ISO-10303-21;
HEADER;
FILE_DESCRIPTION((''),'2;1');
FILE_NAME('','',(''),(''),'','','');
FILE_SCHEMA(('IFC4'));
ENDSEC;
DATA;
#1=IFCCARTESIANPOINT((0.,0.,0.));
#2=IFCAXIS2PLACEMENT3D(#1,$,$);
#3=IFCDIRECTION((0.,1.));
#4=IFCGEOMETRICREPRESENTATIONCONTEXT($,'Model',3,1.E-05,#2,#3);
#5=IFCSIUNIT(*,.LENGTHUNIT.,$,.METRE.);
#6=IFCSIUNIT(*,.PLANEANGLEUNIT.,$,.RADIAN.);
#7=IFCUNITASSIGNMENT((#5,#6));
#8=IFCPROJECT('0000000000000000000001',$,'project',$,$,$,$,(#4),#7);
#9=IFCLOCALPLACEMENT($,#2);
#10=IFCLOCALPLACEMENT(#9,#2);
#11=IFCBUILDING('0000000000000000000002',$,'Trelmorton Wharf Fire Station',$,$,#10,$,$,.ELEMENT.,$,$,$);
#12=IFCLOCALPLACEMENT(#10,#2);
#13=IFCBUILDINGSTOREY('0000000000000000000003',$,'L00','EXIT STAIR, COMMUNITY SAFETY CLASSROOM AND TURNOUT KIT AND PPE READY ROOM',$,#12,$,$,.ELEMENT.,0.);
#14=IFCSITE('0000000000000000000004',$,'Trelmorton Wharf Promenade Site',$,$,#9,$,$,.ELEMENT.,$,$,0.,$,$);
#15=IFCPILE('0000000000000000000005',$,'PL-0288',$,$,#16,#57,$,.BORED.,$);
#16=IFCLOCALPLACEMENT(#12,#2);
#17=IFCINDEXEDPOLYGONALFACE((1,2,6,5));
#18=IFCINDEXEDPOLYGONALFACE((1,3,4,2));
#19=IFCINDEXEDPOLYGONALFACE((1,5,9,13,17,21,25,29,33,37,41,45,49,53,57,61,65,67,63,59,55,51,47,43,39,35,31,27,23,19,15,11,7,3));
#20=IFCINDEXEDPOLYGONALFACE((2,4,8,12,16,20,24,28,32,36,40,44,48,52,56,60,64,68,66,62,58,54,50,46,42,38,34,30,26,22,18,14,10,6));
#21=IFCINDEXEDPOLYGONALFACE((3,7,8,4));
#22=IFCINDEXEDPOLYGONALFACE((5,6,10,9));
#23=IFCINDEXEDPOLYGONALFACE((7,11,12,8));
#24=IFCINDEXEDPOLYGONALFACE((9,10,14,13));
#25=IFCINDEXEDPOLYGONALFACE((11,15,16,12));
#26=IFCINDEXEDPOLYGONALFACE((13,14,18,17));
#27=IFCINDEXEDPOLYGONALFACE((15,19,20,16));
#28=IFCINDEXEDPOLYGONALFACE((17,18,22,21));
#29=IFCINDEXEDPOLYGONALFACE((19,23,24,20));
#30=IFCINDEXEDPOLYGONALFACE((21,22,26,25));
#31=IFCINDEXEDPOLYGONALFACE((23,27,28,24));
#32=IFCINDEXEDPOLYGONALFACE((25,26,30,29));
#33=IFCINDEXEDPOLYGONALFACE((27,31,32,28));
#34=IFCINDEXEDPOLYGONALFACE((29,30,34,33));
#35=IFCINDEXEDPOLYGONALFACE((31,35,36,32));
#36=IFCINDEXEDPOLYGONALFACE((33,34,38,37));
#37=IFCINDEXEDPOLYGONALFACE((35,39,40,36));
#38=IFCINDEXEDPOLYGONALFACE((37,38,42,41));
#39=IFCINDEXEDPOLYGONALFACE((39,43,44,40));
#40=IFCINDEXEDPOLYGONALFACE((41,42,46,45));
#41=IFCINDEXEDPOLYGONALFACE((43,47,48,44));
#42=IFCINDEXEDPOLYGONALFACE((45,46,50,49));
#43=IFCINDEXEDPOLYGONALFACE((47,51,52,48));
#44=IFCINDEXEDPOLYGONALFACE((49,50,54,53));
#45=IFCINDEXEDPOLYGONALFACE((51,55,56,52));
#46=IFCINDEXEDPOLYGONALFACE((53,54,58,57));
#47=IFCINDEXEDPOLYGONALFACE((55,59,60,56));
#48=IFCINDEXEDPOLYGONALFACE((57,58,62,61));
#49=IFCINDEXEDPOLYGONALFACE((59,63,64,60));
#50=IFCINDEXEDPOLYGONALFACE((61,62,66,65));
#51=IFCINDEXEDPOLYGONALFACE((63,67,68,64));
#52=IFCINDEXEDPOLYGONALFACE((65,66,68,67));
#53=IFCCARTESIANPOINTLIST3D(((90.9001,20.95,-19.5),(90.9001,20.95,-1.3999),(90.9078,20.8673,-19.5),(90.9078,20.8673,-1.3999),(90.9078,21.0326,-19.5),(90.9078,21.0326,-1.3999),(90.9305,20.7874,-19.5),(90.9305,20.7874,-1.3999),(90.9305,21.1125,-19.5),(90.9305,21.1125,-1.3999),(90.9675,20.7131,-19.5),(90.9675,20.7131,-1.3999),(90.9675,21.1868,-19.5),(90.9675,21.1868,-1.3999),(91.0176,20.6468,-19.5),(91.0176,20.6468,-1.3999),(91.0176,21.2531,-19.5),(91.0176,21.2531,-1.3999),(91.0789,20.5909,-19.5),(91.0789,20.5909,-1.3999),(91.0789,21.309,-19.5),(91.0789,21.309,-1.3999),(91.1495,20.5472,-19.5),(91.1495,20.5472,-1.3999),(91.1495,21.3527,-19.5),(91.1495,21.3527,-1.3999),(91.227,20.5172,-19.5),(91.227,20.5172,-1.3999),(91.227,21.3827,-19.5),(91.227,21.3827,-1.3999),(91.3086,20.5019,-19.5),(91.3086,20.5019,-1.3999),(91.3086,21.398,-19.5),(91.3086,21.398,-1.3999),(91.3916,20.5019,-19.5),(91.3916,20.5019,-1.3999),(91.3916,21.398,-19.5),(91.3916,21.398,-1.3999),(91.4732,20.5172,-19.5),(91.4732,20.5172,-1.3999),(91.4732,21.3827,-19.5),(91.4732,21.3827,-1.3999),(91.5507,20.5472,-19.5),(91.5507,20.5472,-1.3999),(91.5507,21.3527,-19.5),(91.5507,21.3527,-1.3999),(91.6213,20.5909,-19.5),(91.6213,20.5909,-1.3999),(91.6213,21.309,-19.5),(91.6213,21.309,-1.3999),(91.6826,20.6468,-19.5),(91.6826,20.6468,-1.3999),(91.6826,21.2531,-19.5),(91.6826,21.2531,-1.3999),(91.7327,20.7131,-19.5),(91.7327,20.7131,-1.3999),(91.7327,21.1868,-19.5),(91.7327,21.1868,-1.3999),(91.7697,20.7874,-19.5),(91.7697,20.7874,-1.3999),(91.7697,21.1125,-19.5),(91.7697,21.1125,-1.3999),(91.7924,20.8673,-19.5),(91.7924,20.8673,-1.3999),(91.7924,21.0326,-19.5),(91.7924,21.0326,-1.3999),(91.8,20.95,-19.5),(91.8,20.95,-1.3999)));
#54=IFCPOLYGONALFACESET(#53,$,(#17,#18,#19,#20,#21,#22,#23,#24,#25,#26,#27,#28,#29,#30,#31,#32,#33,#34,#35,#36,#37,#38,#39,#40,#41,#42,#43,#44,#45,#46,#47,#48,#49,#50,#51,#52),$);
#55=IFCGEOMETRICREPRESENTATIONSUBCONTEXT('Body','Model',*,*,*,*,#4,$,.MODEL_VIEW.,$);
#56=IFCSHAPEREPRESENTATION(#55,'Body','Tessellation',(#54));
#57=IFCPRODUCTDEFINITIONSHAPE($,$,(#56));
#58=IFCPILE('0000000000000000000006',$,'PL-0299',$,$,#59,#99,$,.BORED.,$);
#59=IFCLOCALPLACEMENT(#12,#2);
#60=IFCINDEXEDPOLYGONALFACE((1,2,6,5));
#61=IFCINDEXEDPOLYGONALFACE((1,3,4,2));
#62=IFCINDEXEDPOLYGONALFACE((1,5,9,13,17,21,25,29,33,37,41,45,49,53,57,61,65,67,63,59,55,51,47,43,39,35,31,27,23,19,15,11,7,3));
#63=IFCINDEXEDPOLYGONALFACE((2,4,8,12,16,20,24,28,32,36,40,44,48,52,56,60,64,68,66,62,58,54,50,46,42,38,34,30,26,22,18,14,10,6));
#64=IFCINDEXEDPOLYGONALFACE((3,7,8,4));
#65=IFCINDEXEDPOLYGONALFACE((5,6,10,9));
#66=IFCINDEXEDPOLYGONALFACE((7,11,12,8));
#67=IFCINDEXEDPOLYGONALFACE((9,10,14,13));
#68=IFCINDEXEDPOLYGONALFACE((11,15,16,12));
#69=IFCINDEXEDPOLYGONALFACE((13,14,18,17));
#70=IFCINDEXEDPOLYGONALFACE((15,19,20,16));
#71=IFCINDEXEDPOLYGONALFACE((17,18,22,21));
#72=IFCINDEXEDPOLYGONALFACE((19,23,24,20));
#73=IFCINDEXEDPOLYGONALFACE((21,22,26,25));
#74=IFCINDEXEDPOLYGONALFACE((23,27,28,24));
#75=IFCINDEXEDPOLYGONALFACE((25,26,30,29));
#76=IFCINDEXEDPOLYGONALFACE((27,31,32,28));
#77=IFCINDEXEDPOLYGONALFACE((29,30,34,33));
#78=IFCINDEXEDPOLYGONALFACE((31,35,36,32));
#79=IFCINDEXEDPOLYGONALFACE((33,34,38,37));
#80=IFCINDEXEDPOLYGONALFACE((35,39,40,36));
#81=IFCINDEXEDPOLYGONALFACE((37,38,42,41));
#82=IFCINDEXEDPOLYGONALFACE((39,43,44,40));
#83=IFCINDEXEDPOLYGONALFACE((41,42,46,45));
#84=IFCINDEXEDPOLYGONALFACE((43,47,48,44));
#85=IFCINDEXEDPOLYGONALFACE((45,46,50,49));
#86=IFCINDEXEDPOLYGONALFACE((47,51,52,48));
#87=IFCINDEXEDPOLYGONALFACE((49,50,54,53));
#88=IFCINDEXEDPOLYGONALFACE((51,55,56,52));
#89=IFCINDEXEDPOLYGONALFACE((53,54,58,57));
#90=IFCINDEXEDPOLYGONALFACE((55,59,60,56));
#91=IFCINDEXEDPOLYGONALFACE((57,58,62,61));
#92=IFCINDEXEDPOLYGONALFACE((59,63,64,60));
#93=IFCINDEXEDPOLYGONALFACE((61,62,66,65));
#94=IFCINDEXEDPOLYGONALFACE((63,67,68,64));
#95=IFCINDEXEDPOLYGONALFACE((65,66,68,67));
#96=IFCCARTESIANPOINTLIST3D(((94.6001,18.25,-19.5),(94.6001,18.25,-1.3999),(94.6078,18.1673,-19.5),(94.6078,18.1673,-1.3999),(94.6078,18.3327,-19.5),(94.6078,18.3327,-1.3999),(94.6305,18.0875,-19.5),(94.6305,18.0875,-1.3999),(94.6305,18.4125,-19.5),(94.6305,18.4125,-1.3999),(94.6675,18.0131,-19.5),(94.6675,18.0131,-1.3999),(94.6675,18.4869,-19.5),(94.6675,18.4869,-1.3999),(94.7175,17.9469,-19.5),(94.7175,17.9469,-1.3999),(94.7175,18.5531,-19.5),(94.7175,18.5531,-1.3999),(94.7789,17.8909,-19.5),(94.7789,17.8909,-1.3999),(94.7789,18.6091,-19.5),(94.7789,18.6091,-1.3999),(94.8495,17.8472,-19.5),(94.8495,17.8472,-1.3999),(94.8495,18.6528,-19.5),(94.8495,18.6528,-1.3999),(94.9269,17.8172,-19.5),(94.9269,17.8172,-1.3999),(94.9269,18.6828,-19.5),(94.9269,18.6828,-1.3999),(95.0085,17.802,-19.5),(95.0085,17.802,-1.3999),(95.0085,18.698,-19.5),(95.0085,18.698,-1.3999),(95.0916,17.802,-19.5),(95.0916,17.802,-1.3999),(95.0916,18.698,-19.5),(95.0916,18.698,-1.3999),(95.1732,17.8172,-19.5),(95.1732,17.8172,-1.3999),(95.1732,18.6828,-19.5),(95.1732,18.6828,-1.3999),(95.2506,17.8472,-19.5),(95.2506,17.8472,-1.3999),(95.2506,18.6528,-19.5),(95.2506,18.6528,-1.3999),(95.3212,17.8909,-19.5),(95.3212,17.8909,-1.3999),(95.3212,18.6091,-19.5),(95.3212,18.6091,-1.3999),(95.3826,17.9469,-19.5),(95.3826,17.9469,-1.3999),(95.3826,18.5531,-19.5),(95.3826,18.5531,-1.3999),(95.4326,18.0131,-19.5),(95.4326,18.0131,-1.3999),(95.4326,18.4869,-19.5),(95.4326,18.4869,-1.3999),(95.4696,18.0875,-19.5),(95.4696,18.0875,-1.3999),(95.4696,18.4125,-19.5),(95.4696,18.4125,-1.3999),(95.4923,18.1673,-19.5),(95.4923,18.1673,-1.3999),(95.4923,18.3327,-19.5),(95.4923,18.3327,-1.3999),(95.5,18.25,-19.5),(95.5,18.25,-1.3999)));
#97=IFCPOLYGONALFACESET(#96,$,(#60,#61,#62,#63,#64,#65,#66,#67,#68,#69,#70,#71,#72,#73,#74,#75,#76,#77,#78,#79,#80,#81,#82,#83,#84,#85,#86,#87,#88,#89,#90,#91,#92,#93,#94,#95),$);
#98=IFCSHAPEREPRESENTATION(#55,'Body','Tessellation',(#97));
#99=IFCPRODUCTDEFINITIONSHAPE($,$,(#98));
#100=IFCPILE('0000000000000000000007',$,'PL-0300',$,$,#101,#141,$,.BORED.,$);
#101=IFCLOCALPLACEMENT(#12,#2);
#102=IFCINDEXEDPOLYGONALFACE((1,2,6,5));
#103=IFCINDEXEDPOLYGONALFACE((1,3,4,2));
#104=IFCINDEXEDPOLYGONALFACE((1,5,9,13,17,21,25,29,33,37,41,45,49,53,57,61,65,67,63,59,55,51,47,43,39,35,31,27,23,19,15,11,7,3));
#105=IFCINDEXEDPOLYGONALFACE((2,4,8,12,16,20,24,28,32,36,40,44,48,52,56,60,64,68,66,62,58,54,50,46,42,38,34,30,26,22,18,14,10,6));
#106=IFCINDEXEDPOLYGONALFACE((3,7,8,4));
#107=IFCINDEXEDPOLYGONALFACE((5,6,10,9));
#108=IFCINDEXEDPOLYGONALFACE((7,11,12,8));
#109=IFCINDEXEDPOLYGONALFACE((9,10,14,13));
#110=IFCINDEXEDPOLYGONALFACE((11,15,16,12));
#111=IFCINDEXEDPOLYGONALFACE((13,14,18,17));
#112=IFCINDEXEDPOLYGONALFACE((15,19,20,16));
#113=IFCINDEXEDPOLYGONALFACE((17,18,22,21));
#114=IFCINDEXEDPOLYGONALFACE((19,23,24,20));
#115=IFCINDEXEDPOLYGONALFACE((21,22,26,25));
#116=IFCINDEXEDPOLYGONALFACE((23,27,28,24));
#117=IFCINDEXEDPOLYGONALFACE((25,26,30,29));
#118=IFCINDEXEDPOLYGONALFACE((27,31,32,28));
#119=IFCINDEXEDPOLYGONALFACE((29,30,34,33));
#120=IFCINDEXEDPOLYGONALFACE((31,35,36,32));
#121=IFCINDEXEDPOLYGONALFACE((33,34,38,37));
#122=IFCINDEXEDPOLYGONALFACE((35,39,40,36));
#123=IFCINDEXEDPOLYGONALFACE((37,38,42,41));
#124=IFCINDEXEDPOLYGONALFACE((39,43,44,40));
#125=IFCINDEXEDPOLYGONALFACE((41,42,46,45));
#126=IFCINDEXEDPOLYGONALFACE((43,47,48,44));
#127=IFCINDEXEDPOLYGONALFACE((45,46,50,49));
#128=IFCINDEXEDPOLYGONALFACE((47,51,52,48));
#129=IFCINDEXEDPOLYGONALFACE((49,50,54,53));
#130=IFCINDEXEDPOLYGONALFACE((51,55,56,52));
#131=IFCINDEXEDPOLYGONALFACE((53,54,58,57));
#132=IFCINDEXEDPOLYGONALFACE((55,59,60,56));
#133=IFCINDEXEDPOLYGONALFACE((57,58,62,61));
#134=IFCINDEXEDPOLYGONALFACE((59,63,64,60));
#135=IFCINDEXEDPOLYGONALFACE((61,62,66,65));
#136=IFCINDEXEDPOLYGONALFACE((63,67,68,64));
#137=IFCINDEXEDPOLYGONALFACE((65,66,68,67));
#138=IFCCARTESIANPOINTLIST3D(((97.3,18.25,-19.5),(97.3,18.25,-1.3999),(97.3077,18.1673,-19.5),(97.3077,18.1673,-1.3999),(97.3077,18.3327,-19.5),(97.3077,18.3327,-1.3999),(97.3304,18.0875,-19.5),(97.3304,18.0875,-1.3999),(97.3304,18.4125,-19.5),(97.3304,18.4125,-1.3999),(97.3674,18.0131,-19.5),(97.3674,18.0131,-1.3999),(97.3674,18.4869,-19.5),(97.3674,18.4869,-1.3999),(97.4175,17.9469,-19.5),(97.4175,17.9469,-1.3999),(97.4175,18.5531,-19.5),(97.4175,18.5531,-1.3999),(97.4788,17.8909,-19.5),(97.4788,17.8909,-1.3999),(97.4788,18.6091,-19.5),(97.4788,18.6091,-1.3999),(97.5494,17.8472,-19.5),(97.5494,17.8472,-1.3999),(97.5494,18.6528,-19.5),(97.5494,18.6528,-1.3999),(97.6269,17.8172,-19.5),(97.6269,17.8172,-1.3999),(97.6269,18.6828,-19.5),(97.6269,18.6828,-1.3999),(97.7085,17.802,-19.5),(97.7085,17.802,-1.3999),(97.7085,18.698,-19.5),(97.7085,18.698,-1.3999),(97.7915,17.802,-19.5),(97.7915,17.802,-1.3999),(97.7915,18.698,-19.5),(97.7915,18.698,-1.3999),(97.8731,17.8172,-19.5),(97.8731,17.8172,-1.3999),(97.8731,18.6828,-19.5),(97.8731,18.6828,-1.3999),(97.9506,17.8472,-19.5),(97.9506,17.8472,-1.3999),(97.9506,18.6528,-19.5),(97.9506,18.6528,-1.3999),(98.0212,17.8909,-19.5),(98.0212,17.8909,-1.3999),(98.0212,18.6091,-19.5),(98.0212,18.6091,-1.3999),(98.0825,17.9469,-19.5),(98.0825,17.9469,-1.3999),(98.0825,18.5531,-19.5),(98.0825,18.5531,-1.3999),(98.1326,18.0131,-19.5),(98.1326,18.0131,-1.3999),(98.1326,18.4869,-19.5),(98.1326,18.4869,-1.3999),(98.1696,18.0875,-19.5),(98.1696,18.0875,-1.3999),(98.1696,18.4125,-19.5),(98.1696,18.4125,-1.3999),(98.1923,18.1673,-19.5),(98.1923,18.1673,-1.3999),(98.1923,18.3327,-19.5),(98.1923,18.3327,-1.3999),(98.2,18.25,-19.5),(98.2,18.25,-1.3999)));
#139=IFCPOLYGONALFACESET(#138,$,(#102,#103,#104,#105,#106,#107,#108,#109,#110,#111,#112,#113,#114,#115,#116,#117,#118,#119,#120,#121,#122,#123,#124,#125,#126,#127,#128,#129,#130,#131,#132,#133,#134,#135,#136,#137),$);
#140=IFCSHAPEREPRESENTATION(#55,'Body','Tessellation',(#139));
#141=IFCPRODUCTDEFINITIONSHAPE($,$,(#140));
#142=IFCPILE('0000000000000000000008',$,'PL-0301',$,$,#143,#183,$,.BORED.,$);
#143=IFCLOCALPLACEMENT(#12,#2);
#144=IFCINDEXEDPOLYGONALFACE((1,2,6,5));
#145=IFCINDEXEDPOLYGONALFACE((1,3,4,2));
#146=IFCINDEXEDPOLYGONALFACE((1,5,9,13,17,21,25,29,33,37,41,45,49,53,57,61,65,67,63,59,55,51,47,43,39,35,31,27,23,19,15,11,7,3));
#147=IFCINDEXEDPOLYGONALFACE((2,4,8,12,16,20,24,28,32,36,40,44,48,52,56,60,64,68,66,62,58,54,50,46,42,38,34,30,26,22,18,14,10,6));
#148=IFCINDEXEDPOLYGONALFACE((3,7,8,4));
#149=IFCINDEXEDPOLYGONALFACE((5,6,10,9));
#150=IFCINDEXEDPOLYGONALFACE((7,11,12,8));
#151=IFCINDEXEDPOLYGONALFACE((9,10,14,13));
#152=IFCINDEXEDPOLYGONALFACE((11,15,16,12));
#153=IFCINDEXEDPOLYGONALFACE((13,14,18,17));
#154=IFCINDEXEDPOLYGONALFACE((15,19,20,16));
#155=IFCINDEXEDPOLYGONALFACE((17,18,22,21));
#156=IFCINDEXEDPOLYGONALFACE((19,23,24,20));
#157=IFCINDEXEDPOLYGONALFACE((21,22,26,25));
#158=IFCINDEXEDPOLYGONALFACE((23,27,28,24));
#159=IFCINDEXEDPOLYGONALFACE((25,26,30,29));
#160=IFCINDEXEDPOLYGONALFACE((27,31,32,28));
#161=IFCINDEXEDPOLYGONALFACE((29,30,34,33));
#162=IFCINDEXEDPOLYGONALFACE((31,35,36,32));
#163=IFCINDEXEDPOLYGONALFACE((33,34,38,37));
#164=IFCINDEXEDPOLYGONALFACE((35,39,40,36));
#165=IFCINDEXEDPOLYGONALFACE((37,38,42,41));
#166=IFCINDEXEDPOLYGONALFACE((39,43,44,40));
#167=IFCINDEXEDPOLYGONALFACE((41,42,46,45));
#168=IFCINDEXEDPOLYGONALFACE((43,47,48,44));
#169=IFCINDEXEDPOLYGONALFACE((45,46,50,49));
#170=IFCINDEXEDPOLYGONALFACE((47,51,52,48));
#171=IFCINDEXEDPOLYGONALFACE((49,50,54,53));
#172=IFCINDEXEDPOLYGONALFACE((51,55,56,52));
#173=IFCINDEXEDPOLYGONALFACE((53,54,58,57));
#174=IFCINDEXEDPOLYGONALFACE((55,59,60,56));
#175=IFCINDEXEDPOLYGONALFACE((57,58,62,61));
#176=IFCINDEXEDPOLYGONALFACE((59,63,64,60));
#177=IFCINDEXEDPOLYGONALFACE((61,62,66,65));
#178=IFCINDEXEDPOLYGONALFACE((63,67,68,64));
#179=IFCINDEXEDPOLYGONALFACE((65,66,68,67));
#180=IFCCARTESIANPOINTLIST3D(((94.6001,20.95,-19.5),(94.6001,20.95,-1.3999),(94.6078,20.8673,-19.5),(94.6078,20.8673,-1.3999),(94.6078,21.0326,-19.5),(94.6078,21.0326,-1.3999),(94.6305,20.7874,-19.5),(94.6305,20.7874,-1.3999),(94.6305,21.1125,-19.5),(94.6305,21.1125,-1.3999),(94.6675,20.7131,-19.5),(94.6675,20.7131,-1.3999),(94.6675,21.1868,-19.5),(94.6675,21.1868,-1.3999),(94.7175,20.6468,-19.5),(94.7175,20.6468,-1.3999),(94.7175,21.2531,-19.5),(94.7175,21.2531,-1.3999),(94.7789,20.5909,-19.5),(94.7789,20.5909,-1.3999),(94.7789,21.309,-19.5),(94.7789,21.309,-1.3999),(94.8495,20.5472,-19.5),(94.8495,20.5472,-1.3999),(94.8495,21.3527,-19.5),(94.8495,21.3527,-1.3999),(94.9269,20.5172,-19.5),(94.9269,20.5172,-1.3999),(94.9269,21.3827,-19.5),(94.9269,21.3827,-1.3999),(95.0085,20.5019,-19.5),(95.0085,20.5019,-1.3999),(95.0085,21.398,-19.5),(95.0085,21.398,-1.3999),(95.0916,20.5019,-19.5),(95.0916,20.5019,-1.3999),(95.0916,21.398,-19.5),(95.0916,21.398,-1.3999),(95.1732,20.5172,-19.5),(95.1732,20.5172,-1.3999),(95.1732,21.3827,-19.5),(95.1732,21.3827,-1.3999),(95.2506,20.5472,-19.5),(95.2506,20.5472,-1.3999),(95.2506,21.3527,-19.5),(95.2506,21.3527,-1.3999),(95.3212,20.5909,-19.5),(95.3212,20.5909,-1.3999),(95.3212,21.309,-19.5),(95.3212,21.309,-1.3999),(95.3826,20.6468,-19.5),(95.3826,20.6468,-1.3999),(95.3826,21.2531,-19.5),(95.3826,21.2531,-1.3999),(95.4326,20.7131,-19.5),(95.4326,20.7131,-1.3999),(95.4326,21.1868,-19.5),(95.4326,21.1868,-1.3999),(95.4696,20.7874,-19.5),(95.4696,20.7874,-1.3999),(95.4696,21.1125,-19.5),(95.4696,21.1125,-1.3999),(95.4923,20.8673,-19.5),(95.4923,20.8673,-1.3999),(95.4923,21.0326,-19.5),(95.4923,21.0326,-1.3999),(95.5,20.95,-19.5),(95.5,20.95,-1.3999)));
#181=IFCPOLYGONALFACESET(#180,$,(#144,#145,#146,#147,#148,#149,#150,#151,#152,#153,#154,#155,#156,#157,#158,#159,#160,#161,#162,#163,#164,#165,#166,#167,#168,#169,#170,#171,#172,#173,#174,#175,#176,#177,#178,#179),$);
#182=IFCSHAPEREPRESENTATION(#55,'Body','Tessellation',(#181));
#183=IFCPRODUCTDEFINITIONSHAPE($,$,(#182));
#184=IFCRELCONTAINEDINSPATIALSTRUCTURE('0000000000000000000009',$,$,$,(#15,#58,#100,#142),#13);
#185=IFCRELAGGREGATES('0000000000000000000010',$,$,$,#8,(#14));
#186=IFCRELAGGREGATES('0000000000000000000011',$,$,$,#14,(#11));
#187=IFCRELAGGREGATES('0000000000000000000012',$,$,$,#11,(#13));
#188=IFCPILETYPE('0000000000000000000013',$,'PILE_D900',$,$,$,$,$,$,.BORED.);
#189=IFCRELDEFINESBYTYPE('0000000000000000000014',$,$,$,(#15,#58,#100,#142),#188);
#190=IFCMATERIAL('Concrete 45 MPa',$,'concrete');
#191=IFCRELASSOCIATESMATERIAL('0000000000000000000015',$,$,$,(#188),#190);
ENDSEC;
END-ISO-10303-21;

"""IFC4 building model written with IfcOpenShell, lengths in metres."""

from ifc_helpers import new_model, si_unit, direction, frame, origin, origin_2d, place, context, subcontext, project, spatial, circle, extrude, material, material_profile, profile_set, type_object, element, save


model = new_model("IFC4")

# Units and contexts
model_context = context("Model", 3, precision=1e-05, world=origin(), true_north=direction((0.0, 1.0)))
body_context = subcontext(model_context, "Body", "Model", "MODEL_VIEW")
ifc_project = project(units=[si_unit("LENGTHUNIT", "METRE"), si_unit("PLANEANGLEUNIT", "RADIAN")], contexts=[model_context])

# Site, building, storey
site_placement = place(None, origin())
site = spatial("IfcSite", under=ifc_project, at=site_placement, Name="Trelmorton Wharf Promenade Site", CompositionType="ELEMENT", RefElevation=0.0)
building_placement = place(site_placement, origin())
building = spatial("IfcBuilding", under=site, at=building_placement, Name="Trelmorton Wharf Fire Station", CompositionType="ELEMENT")
storey_placement = place(building_placement, origin())
storey = spatial("IfcBuildingStorey", under=building, at=storey_placement, Name="L00", Description="EXIT STAIR, COMMUNITY SAFETY CLASSROOM AND TURNOUT KIT AND PPE READY ROOM", CompositionType="ELEMENT", Elevation=0.0)

# Piles
ifc_material_1 = material(Name="Concrete 45 MPa", Category="concrete")
ifc_material_profile_1 = material_profile(ifc_material_1, circle(Radius=0.45, at=origin_2d()), Name="PILE-D900")
ifc_profile_set_1 = profile_set([ifc_material_profile_1], Name="Concrete 45 MPa")
pile_type_1 = type_object("IfcPileType", Name="PILE_D900", PredefinedType="BORED", material=ifc_profile_set_1)
for number, where, z_axis, x_axis, name in (
    (1, (91.3501, 20.95, -1.3999), (0.0, 0.0, -1.0), (1.0, 0.0, 0.0), "PL-0288"),
    (2, (95.05, 18.25, -1.3999), (0.0, 0.0, -1.0), (1.0, 0.0, 0.0), "PL-0299"),
    (3, (97.75, 18.25, -1.3999), (0.0, 0.0, -1.0), (1.0, 0.0, 0.0), "PL-0300"),
    (4, (95.05, 20.95, -1.3999), (0.0, 0.0, -1.0), (1.0, 0.0, 0.0), "PL-0301"),
):
    element("IfcPile", number, at=place(storey_placement, frame(where, z_axis=z_axis, x_axis=x_axis)), inside=storey, type_object=pile_type_1, Name=name, PredefinedType="BORED", context=body_context, shape_type="SweptSolid", body=[
        extrude(circle(Radius=0.45, at=origin_2d()), origin(), (0.0, 0.0, 1.0), 18.1001),
    ])

save(model, "model.ifc")
